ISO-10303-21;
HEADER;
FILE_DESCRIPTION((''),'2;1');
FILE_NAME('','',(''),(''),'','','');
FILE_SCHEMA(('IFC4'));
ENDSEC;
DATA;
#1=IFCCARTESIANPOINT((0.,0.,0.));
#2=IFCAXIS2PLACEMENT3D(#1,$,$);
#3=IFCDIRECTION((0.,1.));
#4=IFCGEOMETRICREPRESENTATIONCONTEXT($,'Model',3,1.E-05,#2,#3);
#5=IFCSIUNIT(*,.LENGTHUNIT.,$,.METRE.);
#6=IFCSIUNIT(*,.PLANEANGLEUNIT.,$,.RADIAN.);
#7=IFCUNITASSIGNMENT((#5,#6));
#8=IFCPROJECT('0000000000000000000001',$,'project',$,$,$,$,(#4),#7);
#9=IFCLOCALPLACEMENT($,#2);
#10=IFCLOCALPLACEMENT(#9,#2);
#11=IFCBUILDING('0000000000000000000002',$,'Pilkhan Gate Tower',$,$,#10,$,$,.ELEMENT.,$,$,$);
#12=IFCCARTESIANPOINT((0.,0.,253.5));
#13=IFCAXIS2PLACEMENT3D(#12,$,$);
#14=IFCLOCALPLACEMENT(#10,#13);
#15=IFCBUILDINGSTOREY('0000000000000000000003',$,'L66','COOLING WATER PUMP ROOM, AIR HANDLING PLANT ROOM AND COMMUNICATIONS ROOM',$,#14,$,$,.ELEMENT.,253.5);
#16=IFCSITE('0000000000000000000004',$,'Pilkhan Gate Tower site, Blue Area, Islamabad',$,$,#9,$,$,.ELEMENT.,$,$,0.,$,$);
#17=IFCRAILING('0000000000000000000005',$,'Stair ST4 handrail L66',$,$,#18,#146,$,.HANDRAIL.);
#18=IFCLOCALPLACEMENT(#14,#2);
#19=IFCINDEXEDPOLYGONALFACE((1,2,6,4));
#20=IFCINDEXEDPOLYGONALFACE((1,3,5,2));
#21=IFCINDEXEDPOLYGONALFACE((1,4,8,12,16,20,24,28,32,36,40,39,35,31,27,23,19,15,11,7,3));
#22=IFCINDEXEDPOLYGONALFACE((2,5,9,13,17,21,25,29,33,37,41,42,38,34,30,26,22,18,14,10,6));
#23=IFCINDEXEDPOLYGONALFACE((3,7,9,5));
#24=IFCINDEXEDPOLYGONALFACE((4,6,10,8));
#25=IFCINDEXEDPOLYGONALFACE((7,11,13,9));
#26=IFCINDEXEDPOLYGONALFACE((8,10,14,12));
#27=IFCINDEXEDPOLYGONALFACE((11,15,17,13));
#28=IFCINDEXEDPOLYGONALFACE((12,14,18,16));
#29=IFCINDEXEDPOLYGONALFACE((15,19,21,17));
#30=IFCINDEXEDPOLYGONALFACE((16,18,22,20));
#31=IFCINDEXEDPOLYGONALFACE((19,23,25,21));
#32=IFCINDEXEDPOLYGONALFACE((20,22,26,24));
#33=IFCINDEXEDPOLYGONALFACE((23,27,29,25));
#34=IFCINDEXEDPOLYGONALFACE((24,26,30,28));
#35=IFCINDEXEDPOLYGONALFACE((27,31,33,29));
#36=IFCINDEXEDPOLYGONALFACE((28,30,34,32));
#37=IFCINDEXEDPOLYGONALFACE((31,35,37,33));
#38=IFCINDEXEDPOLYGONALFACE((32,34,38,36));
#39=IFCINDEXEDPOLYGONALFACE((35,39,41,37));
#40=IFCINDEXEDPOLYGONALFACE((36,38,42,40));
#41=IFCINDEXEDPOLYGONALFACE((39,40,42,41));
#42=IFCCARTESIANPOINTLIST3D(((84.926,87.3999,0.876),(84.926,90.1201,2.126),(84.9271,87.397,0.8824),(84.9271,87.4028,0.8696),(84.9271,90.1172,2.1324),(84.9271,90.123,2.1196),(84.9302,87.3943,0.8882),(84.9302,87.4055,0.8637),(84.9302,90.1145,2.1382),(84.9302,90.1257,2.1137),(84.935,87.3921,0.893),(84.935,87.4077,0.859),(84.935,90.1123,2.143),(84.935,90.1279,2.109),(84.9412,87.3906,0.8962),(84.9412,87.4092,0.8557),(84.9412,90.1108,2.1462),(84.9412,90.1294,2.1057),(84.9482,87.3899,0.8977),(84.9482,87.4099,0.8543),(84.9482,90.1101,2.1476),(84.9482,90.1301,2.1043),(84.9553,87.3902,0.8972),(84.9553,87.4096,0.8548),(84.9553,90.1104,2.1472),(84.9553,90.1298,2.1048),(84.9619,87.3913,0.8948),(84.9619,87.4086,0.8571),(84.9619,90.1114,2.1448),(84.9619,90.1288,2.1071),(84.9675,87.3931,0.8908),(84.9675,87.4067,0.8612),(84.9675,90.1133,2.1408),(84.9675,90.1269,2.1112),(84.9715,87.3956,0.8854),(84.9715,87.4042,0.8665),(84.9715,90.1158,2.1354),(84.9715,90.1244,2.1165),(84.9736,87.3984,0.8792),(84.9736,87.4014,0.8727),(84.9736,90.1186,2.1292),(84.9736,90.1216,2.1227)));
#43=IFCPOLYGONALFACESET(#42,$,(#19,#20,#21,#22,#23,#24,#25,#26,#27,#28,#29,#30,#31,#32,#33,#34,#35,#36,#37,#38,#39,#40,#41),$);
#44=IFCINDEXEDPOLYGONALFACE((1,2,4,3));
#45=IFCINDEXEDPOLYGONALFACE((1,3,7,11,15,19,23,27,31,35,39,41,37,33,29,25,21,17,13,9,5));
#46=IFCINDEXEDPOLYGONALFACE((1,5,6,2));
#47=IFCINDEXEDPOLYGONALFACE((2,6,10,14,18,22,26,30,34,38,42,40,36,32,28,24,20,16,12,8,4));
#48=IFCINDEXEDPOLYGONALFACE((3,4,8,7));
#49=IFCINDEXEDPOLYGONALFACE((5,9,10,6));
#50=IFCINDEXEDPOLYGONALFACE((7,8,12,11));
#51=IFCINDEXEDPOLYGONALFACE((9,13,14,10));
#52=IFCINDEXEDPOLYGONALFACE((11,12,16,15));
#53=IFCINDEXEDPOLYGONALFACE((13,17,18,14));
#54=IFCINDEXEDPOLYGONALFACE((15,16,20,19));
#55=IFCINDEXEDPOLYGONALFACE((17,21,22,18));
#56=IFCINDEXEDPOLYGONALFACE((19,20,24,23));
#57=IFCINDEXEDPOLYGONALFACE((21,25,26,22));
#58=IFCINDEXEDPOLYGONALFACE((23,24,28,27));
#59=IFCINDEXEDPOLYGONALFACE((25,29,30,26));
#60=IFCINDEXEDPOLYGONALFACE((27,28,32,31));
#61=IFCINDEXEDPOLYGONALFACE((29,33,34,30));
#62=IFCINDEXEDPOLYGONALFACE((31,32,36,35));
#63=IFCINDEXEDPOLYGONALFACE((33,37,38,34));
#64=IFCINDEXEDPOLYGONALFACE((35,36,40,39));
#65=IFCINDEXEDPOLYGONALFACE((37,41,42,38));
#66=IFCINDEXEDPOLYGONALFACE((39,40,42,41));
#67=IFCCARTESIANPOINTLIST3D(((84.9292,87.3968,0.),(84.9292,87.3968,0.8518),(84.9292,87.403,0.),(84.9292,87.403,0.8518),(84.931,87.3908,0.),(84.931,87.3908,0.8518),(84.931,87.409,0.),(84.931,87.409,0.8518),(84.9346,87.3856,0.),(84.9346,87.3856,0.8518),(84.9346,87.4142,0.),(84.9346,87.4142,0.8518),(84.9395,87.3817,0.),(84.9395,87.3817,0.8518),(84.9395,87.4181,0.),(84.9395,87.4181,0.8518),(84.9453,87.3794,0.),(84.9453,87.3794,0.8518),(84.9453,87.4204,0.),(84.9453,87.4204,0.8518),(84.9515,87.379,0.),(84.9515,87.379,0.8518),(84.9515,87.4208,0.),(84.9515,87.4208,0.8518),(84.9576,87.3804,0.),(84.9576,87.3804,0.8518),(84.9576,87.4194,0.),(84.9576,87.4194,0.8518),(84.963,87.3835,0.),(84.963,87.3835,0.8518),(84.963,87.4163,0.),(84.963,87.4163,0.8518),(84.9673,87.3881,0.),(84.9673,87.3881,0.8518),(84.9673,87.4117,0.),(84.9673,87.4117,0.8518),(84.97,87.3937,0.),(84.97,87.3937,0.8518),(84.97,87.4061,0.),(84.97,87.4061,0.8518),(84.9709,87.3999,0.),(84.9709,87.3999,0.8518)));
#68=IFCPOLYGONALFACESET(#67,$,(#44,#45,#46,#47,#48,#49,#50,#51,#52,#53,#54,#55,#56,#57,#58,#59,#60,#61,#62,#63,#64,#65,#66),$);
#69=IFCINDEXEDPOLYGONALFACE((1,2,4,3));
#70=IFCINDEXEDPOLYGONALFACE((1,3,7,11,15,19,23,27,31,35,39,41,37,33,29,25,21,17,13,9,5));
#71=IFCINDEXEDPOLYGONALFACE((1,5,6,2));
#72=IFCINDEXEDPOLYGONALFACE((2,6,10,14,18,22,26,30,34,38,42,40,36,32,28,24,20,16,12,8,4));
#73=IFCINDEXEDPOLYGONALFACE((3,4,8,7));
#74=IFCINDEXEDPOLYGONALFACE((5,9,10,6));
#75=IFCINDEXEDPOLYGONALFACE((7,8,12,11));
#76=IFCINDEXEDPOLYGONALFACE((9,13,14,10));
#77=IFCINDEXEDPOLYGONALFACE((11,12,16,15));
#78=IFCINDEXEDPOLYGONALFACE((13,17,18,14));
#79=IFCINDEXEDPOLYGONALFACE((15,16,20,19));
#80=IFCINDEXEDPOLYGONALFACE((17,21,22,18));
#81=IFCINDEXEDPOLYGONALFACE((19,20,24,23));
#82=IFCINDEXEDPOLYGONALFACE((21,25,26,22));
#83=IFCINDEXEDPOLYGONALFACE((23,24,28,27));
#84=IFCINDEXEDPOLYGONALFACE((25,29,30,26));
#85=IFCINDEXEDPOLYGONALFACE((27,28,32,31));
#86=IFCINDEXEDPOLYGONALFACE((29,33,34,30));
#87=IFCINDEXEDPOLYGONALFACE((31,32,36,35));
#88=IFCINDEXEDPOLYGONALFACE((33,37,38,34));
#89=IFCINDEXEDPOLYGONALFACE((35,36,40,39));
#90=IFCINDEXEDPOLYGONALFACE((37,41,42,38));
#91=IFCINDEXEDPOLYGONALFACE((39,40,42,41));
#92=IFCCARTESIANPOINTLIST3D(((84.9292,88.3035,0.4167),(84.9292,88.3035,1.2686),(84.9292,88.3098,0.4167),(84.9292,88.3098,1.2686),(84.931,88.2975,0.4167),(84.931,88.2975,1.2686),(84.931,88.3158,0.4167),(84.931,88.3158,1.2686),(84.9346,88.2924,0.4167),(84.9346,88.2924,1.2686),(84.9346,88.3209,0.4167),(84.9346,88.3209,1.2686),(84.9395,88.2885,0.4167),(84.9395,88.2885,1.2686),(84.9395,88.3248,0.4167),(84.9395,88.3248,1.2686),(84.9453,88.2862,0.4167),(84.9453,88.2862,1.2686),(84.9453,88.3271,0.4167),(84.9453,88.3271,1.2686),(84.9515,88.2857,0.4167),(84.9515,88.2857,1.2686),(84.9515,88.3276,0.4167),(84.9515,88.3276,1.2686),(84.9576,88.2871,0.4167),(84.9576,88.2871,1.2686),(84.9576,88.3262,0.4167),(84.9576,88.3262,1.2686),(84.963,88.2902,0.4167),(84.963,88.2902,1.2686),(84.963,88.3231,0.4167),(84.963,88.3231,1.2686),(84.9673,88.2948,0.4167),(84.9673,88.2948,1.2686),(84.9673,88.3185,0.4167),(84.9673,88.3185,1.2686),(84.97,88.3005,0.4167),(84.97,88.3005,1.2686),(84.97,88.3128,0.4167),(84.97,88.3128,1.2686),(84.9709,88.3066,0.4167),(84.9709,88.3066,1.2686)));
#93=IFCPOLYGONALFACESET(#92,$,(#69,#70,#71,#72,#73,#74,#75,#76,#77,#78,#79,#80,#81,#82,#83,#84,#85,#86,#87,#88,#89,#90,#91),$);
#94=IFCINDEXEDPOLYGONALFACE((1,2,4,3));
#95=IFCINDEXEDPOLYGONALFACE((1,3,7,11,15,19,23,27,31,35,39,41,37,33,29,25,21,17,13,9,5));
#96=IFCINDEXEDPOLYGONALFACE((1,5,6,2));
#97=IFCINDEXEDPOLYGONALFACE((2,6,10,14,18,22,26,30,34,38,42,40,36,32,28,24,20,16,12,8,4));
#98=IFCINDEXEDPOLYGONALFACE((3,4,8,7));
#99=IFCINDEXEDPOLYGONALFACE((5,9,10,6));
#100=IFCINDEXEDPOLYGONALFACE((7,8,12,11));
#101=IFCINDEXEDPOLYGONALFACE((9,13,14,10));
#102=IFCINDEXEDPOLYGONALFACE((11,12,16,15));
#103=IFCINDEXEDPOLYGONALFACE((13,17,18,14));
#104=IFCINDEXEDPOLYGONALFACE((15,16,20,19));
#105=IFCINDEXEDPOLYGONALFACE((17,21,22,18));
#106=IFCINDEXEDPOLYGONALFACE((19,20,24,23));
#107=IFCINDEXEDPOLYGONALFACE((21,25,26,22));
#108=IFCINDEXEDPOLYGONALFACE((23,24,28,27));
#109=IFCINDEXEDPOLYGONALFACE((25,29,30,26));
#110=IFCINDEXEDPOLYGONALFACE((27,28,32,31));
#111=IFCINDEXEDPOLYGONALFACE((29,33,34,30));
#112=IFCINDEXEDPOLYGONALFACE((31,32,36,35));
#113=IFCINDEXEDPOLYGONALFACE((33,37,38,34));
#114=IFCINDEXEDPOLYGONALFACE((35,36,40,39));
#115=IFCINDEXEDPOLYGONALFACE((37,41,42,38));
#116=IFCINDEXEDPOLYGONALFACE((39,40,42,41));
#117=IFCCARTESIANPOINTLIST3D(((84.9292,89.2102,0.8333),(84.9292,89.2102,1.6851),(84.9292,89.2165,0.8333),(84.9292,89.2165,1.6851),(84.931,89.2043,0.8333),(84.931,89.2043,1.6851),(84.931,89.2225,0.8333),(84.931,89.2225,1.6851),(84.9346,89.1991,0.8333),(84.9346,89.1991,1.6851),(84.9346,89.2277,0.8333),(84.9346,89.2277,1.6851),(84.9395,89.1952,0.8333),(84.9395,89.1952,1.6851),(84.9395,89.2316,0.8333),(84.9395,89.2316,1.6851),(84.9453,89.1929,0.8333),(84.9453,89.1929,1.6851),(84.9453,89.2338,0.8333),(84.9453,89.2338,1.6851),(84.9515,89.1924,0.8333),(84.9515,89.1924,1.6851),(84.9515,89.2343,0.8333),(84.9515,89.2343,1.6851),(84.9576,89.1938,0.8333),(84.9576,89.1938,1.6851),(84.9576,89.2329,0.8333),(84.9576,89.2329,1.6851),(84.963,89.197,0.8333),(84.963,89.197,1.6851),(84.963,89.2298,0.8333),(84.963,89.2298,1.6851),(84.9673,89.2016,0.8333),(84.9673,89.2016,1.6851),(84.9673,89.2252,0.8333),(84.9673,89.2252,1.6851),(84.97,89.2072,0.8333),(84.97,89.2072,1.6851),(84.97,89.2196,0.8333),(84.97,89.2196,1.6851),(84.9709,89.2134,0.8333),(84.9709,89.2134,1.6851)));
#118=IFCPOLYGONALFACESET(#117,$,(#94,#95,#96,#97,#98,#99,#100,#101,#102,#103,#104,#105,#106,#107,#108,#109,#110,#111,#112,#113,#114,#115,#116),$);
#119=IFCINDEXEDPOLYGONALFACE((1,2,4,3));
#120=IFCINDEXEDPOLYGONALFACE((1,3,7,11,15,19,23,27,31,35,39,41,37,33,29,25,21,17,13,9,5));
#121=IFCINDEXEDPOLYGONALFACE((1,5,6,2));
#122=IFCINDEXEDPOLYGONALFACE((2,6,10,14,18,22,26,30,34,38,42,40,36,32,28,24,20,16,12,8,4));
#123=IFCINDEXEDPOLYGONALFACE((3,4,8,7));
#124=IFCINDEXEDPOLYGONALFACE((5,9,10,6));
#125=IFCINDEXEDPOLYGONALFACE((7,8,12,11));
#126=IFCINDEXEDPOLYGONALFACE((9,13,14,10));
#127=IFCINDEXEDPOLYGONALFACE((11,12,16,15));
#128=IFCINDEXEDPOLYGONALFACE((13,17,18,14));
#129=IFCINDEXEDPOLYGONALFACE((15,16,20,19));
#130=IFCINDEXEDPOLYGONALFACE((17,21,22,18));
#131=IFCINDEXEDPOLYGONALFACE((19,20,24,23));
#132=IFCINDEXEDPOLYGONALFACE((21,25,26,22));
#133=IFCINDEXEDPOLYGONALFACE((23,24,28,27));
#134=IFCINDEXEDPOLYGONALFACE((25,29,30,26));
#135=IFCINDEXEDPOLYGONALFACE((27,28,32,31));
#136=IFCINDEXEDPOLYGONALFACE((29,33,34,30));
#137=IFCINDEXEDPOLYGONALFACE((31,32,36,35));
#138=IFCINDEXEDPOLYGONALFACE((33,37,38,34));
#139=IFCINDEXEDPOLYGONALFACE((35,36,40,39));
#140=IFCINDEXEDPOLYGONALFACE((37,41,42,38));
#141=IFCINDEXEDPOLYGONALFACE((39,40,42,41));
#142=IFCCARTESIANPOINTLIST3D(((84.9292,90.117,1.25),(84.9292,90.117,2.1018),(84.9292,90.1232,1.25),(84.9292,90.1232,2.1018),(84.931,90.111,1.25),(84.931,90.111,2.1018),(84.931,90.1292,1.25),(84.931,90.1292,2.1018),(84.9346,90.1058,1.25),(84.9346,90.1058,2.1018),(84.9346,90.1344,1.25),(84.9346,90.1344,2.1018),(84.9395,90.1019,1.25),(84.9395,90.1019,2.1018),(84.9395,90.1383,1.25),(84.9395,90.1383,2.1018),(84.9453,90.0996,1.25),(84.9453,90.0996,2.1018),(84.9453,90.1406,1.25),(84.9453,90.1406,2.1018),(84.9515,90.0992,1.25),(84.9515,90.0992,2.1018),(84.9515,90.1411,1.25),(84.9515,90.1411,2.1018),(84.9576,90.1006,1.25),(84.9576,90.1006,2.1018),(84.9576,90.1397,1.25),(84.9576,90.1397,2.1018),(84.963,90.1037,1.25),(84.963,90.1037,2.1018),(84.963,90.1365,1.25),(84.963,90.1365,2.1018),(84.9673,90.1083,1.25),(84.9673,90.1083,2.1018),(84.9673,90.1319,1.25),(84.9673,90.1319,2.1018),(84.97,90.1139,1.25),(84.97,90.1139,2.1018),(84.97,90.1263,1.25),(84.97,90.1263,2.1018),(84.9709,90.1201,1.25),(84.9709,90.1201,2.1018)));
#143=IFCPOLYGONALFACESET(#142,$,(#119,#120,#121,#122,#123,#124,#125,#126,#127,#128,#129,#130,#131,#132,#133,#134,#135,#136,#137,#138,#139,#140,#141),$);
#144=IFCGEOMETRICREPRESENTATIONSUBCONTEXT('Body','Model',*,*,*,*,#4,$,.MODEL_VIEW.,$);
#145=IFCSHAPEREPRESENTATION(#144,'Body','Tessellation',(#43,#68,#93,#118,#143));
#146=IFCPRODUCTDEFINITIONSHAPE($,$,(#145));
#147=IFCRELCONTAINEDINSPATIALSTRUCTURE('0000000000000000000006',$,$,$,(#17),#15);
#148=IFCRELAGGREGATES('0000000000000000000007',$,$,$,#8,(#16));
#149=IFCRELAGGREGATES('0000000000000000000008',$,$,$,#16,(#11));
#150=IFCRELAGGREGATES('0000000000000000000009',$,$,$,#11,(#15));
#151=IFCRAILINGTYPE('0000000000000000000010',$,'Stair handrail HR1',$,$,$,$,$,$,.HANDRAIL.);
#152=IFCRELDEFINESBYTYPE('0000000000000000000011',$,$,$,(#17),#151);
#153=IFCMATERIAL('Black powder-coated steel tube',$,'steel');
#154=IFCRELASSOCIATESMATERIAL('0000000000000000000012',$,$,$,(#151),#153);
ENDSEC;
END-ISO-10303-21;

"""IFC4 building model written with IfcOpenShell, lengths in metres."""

from ifc_helpers import new_model, si_unit, direction, frame, origin, origin_2d, place, context, subcontext, project, spatial, circle, extrude, material, type_object, element, save


model = new_model("IFC4")

# Units and contexts
model_context = context("Model", 3, precision=1e-05, world=origin(), true_north=direction((0.0, 1.0)))
body_context = subcontext(model_context, "Body", "Model", "MODEL_VIEW")
ifc_project = project(units=[si_unit("LENGTHUNIT", "METRE"), si_unit("PLANEANGLEUNIT", "RADIAN")], contexts=[model_context])

# Site, building, storey
site_placement = place(None, origin())
site = spatial("IfcSite", under=ifc_project, at=site_placement, Name="Pilkhan Gate Tower site, Blue Area, Islamabad", CompositionType="ELEMENT", RefElevation=0.0)
building_placement = place(site_placement, origin())
building = spatial("IfcBuilding", under=site, at=building_placement, Name="Pilkhan Gate Tower", CompositionType="ELEMENT")
storey_placement = place(building_placement, frame((0.0, 0.0, 253.5)))
storey = spatial("IfcBuildingStorey", under=building, at=storey_placement, Name="L66", Description="COOLING WATER PUMP ROOM, AIR HANDLING PLANT ROOM AND COMMUNICATIONS ROOM", CompositionType="ELEMENT", Elevation=253.5)

# Railing
ifc_material_1 = material(Name="Black powder-coated steel tube", Category="steel")
railing_type_1 = type_object("IfcRailingType", Name="Stair handrail HR1", PredefinedType="HANDRAIL", material=ifc_material_1)
railing_1_placement = place(storey_placement, frame((84.95, 87.3999, 0.0)))
element("IfcRailing", 1, at=railing_1_placement, inside=storey, type_object=railing_type_1, Name="Stair ST4 handrail L66", PredefinedType="HANDRAIL", context=body_context, shape_type="SweptSolid", body=[
    extrude(circle(Radius=0.0239, at=origin_2d()), frame((0.0, 0.0, 0.876), z_axis=(0.0, 0.908655, 0.417547), x_axis=(-1.0, 0.0, 0.0)), (0.0, 0.0, 1.0), 2.9937),
    extrude(circle(Radius=0.021, at=origin_2d()), origin(), (0.0, 0.0, 1.0), 0.8518),
    extrude(circle(Radius=0.021, at=origin_2d()), frame((0.0, 0.9067, 0.4167)), (0.0, 0.0, 1.0), 0.8518),
    extrude(circle(Radius=0.021, at=origin_2d()), frame((0.0, 1.8135, 0.8333)), (0.0, 0.0, 1.0), 0.8518),
    extrude(circle(Radius=0.021, at=origin_2d()), frame((0.0, 2.7202, 1.25)), (0.0, 0.0, 1.0), 0.8518),
])

save(model, "model.ifc")
